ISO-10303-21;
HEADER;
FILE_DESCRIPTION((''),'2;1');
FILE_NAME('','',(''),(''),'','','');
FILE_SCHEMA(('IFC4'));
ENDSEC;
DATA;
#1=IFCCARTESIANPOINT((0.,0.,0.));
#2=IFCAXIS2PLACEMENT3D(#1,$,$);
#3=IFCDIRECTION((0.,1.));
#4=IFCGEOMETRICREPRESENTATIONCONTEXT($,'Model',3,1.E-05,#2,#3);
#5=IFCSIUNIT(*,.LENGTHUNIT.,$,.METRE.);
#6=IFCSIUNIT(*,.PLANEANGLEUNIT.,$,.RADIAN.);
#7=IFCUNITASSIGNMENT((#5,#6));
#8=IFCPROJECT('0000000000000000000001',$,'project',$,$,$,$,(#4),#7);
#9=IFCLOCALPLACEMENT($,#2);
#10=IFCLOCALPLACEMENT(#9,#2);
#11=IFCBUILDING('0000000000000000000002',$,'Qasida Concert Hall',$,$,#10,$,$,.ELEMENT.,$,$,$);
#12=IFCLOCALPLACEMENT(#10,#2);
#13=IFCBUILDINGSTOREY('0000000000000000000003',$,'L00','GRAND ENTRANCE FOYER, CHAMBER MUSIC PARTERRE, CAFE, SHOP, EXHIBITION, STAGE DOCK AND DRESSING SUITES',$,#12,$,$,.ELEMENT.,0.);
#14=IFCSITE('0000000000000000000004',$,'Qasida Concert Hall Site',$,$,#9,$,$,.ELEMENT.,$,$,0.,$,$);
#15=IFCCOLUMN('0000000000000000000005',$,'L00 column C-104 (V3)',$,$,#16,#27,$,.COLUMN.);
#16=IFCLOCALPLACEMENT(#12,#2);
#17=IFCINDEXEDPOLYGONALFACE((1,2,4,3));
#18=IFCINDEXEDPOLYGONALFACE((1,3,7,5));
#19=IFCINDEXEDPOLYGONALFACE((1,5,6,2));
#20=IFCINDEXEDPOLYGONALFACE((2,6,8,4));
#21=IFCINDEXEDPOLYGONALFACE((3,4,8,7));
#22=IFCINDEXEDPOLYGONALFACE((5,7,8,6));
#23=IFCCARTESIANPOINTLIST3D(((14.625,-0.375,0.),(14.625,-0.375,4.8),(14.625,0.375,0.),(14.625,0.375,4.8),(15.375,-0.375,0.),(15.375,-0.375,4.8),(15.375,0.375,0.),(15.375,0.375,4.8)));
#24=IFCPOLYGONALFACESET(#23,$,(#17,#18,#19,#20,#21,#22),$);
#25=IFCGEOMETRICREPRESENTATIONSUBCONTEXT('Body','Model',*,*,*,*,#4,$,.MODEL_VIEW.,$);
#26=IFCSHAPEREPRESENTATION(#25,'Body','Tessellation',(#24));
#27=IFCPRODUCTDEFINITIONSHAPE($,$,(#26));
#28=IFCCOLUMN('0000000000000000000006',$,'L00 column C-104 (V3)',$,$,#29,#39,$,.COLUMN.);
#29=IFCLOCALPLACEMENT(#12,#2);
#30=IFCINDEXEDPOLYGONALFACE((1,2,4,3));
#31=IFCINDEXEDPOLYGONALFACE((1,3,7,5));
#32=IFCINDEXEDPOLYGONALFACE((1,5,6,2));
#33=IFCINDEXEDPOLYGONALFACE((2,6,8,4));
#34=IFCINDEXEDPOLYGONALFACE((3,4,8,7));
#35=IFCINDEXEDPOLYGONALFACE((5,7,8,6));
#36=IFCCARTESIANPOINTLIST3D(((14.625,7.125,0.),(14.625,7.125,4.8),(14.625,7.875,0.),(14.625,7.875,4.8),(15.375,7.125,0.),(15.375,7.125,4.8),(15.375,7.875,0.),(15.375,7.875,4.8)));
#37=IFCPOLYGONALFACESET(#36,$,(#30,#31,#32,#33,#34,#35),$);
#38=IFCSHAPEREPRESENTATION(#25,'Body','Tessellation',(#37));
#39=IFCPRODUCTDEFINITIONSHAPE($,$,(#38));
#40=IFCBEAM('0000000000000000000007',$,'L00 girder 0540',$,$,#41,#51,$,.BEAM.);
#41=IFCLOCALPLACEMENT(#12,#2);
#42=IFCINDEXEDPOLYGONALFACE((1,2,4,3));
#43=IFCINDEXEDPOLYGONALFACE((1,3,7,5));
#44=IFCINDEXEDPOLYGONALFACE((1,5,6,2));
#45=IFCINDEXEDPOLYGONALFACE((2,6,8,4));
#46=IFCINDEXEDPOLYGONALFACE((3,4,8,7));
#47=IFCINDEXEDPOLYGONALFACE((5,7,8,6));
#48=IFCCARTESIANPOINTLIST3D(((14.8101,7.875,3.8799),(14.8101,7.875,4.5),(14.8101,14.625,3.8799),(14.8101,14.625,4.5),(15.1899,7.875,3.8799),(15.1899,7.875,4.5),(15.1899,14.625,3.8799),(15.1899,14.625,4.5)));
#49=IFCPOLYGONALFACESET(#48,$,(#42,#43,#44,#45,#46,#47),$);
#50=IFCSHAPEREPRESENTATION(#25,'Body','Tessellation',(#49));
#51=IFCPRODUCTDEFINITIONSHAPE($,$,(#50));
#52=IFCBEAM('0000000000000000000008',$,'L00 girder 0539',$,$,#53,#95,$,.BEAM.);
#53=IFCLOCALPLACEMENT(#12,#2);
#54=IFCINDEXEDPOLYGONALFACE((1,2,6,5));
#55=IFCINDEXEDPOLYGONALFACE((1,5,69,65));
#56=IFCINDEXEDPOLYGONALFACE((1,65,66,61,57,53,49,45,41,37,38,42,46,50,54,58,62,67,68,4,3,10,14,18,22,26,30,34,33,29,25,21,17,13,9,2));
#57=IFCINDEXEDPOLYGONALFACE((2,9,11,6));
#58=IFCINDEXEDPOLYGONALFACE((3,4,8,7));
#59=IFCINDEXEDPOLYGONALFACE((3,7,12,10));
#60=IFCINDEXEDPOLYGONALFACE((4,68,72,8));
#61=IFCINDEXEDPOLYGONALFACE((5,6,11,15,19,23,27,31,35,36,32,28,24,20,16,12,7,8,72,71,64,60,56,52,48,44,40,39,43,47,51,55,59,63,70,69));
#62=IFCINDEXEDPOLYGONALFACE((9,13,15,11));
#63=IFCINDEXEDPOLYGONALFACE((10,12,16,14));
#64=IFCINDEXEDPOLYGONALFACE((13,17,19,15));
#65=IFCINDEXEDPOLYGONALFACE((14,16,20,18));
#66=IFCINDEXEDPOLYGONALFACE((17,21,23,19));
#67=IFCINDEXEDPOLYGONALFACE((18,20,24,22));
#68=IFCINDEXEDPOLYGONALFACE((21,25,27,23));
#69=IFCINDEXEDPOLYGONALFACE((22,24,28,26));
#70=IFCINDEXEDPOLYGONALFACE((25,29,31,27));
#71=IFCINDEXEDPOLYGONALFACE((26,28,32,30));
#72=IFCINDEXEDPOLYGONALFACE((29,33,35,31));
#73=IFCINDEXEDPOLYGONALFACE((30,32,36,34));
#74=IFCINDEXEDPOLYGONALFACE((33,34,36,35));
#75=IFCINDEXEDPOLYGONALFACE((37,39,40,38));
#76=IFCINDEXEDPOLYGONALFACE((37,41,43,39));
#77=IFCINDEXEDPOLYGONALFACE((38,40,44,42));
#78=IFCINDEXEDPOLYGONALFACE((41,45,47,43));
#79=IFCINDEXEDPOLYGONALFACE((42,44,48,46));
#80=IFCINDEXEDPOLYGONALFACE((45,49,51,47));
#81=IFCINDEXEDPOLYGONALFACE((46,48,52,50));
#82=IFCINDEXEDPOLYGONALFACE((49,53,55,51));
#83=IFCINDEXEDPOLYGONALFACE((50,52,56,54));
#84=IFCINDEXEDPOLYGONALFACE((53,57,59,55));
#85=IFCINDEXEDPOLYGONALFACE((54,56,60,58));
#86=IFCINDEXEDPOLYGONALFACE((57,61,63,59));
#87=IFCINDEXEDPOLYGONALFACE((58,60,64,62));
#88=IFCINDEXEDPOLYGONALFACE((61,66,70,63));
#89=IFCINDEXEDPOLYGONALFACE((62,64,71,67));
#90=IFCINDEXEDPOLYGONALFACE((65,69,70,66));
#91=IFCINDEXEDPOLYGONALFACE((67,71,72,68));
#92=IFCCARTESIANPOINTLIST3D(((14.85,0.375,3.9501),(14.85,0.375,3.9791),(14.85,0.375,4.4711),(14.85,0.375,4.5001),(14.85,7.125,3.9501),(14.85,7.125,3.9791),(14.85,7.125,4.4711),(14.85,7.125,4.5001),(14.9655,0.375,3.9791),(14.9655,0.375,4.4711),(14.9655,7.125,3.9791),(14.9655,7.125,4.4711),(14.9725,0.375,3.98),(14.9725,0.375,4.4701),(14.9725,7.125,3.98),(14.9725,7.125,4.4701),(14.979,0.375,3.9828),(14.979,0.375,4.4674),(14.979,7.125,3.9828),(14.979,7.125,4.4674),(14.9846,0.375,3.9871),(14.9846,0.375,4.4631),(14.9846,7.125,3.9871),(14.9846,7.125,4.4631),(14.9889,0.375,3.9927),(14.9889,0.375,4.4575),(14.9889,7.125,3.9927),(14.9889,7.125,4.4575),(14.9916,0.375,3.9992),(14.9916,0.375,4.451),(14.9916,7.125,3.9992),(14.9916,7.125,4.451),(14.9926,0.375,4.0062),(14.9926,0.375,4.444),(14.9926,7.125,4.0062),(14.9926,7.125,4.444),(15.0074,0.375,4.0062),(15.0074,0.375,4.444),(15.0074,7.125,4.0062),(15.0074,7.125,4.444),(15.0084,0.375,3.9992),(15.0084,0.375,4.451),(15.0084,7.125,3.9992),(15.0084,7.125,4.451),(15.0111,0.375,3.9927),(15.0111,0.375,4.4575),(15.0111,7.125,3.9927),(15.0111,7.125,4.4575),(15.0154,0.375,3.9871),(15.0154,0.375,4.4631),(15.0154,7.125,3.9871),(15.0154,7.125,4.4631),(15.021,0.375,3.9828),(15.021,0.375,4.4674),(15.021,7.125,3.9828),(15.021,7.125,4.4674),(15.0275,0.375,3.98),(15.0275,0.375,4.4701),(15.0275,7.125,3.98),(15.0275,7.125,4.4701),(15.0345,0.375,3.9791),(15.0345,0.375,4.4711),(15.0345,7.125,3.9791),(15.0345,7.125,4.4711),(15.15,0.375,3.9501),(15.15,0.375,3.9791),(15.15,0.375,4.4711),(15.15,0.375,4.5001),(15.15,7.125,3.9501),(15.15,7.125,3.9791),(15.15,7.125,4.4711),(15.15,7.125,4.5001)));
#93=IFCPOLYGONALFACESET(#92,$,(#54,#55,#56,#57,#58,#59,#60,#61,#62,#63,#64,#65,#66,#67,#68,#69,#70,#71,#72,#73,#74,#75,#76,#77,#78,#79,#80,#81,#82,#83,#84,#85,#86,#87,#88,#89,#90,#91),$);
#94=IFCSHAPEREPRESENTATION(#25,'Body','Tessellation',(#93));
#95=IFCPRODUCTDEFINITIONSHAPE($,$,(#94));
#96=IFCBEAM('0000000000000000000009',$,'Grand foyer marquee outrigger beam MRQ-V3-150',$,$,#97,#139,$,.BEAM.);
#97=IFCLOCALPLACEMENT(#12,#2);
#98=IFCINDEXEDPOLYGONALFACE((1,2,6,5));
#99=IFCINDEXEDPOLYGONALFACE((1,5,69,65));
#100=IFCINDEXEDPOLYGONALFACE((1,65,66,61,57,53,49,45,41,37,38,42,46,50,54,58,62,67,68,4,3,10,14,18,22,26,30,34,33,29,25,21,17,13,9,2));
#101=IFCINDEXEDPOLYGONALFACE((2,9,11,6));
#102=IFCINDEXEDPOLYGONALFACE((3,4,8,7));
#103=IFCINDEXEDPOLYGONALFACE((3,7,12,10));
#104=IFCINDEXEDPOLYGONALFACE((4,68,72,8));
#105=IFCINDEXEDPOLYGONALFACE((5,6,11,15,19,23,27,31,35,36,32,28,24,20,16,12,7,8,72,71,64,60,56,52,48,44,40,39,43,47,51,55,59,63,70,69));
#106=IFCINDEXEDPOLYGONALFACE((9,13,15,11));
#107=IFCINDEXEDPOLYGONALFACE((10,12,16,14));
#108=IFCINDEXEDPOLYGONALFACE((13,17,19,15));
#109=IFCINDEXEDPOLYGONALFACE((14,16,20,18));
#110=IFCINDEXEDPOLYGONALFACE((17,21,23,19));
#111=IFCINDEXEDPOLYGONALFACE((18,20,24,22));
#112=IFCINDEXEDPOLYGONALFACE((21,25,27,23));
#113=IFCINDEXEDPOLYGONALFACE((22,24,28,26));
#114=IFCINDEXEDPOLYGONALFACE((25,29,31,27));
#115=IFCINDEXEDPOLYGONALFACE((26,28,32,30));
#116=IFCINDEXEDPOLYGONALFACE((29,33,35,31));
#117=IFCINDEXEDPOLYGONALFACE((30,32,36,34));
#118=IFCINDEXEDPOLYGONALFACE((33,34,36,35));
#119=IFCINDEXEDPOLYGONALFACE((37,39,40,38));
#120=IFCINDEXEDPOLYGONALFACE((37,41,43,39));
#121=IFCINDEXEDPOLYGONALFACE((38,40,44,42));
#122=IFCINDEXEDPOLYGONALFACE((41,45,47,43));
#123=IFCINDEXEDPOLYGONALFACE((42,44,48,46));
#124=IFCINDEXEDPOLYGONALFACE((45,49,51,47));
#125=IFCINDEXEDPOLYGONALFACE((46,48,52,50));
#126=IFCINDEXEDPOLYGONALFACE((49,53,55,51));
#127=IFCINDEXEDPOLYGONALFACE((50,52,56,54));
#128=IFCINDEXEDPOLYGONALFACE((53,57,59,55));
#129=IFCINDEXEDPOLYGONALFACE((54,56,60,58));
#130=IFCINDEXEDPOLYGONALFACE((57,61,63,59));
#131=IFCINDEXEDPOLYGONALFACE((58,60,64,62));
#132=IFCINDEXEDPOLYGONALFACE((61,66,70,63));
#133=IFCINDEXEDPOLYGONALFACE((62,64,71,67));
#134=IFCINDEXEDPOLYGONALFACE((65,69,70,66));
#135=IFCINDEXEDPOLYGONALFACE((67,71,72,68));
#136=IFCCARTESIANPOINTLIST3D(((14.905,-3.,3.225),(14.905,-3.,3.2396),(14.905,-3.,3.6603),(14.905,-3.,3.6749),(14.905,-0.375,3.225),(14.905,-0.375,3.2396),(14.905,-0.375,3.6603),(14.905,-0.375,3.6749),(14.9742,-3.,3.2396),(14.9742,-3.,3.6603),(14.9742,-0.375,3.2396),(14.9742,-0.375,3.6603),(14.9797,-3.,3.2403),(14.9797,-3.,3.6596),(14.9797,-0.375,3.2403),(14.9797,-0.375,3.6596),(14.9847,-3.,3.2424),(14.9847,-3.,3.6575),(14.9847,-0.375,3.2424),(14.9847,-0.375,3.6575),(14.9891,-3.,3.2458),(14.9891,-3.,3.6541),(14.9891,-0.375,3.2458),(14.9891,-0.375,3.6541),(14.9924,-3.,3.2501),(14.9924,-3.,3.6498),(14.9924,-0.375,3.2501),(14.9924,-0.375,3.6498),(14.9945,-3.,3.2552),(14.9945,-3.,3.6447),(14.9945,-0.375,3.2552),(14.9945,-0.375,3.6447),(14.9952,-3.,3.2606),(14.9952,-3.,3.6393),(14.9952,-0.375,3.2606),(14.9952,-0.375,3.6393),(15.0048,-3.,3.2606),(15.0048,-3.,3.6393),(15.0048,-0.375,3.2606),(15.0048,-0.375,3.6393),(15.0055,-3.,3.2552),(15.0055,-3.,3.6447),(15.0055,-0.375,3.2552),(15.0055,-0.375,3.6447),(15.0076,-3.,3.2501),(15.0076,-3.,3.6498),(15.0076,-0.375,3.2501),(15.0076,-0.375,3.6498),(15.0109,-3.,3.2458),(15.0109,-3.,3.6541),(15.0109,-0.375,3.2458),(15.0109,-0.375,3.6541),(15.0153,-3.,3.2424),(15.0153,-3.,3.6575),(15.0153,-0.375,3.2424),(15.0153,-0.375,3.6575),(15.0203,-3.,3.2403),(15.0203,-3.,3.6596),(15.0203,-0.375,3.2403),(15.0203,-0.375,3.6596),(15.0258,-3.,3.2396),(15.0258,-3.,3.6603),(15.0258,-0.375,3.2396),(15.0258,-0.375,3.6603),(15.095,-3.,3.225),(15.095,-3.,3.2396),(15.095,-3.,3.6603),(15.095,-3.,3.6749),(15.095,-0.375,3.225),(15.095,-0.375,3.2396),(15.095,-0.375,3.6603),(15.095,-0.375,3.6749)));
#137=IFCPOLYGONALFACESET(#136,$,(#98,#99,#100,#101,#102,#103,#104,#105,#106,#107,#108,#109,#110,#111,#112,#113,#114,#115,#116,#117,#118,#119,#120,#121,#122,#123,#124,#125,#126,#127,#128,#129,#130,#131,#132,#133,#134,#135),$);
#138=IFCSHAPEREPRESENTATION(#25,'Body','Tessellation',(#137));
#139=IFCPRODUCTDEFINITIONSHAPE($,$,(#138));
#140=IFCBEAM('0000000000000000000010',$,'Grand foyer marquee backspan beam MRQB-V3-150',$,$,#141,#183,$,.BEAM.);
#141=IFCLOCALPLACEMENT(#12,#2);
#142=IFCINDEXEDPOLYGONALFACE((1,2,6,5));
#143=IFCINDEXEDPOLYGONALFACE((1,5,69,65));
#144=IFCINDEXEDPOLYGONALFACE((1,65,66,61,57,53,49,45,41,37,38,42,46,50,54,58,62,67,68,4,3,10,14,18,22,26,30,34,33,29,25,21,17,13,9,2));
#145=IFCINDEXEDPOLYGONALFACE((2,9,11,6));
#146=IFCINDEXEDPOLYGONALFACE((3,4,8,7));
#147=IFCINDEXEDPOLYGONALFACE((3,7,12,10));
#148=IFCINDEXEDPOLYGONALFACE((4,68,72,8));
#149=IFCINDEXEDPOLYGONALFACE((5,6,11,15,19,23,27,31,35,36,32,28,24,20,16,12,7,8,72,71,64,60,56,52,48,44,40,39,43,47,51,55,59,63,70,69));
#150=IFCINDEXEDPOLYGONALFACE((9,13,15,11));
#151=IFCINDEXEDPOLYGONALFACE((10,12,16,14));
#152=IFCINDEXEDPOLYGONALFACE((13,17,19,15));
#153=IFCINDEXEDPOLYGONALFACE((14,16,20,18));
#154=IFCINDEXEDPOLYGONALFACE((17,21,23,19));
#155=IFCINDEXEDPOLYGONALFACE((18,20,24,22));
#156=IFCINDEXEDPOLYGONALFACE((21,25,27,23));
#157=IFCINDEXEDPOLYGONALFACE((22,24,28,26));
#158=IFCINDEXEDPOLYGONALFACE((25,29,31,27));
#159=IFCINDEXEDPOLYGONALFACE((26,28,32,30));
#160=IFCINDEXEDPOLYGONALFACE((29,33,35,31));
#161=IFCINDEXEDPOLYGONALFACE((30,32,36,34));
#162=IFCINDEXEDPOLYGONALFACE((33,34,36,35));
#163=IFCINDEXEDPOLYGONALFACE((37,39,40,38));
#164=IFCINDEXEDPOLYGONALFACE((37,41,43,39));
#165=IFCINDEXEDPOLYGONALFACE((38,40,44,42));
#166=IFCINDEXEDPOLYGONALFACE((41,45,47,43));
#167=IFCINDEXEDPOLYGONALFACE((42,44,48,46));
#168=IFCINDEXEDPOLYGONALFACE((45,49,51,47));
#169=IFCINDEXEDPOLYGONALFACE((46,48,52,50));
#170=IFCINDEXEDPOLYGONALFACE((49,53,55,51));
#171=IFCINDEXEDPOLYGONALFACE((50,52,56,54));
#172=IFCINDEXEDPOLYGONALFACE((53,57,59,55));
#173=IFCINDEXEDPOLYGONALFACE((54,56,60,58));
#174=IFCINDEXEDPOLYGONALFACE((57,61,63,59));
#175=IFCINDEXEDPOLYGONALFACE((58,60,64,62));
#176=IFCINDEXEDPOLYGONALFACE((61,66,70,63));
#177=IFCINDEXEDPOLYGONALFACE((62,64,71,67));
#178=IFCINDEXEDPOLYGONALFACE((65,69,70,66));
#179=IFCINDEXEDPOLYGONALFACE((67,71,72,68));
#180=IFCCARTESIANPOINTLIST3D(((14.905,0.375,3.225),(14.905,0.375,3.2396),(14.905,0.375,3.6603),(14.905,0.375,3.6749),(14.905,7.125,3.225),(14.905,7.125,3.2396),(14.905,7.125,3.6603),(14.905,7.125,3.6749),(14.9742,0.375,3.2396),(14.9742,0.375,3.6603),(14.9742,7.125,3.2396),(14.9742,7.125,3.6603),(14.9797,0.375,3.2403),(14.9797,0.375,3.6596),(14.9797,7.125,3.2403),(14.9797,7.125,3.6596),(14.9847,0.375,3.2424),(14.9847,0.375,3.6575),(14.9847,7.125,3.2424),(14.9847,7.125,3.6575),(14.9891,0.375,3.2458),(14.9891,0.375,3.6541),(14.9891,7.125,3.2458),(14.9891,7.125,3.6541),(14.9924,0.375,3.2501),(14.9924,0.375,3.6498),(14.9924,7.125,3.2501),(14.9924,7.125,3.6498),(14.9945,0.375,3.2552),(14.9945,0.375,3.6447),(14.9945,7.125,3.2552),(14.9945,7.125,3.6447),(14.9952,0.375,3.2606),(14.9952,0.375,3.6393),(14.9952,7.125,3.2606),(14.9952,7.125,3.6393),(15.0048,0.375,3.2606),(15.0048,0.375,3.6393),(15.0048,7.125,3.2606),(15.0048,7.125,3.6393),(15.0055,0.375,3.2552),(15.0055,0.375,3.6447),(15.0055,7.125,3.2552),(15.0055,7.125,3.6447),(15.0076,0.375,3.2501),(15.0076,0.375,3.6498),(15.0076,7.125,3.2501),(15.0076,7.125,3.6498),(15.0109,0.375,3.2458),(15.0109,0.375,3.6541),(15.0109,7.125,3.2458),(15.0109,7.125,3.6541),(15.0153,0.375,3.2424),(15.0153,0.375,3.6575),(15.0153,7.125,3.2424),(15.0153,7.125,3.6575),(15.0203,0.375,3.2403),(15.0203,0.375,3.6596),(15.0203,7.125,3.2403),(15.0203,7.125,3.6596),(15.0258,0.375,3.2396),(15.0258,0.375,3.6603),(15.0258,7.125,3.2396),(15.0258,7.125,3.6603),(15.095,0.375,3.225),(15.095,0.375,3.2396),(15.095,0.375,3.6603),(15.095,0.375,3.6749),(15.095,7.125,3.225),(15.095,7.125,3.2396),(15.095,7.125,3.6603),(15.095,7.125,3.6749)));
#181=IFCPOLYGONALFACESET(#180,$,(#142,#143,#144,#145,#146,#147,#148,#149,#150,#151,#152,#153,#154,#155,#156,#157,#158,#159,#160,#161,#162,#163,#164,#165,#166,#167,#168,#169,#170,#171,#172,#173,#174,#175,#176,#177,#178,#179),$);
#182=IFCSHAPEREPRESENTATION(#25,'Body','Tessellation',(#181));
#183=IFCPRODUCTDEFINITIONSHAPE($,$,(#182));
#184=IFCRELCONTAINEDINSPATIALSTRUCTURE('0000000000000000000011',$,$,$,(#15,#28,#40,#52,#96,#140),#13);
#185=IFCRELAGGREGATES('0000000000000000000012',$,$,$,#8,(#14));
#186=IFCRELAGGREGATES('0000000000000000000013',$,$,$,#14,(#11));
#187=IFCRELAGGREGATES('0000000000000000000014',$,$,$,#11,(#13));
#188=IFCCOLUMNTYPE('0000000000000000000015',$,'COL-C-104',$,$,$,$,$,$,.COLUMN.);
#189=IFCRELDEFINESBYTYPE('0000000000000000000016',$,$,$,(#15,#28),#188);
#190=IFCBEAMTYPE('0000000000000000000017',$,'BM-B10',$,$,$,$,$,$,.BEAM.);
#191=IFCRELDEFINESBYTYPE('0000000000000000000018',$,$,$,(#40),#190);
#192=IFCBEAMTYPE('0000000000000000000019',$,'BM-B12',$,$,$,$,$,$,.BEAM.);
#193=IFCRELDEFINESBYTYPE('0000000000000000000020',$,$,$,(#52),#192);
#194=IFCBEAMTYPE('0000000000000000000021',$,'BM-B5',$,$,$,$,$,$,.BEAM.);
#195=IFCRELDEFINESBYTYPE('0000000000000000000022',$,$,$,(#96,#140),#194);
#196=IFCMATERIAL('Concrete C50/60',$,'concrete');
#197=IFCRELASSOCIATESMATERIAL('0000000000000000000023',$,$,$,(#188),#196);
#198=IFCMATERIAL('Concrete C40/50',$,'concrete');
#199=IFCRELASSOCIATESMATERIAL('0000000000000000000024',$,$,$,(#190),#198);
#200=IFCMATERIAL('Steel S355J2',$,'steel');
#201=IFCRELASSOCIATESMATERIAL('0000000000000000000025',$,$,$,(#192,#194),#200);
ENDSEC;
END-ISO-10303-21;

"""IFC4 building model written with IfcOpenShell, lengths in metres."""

from ifc_helpers import new_model, si_unit, direction, frame, origin, origin_2d, place, context, subcontext, project, spatial, rectangle, i_section, extrude, material, material_profile, profile_set, type_object, element, save


model = new_model("IFC4")

# Units and contexts
model_context = context("Model", 3, precision=1e-05, world=origin(), true_north=direction((0.0, 1.0)))
body_context = subcontext(model_context, "Body", "Model", "MODEL_VIEW")
ifc_project = project(units=[si_unit("LENGTHUNIT", "METRE"), si_unit("PLANEANGLEUNIT", "RADIAN")], contexts=[model_context])

# Site, building, storey
site_placement = place(None, origin())
site = spatial("IfcSite", under=ifc_project, at=site_placement, Name="Qasida Concert Hall Site", CompositionType="ELEMENT", RefElevation=0.0)
building_placement = place(site_placement, origin())
building = spatial("IfcBuilding", under=site, at=building_placement, Name="Qasida Concert Hall", CompositionType="ELEMENT")
storey_placement = place(building_placement, origin())
storey = spatial("IfcBuildingStorey", under=building, at=storey_placement, Name="L00", Description="GRAND ENTRANCE FOYER, CHAMBER MUSIC PARTERRE, CAFE, SHOP, EXHIBITION, STAGE DOCK AND DRESSING SUITES", CompositionType="ELEMENT", Elevation=0.0)

# Columns
ifc_material_1 = material(Name="Concrete C50/60", Category="concrete")
ifc_material_profile_1 = material_profile(ifc_material_1, rectangle(XDim=0.75, YDim=0.75, at=origin_2d()), Name="RC 750x750")
ifc_profile_set_1 = profile_set([ifc_material_profile_1], Name="Concrete C50/60")
column_type = type_object("IfcColumnType", Name="COL-C-104", PredefinedType="COLUMN", material=ifc_profile_set_1)
for number, where, z_axis, x_axis, name in (
    (1, (15.0, 0.0, 0.0), (0.0, 0.0, 1.0), (1.0, 0.0, 0.0), "L00 column C-104 (V3)"),
    (2, (15.0, 7.5, 0.0), (0.0, 0.0, 1.0), (1.0, 0.0, 0.0), "L00 column C-104 (V3)"),
):
    element("IfcColumn", number, at=place(storey_placement, frame(where, z_axis=z_axis, x_axis=x_axis)), inside=storey, type_object=column_type, Name=name, PredefinedType="COLUMN", context=body_context, shape_type="SweptSolid", body=[
        extrude(rectangle(XDim=0.75, YDim=0.75, at=origin_2d()), origin(), (0.0, 0.0, 1.0), 4.8),
    ])

# Beams
ifc_material_2 = material(Name="Concrete C40/50", Category="concrete")
ifc_material_profile_2 = material_profile(ifc_material_2, rectangle(XDim=0.3799, YDim=0.6201, at=origin_2d()), Name="RC 380x620")
ifc_profile_set_2 = profile_set([ifc_material_profile_2], Name="Concrete C40/50")
beam_type_1 = type_object("IfcBeamType", Name="BM-B10", PredefinedType="BEAM", material=ifc_profile_set_2)
beam_1_placement = place(storey_placement, frame((15.0, 7.875, 4.1899), z_axis=(0.0, 1.0, 0.0), x_axis=(-1.0, 0.0, 0.0)))
element("IfcBeam", 3, at=beam_1_placement, inside=storey, type_object=beam_type_1, Name="L00 girder 0540", PredefinedType="BEAM", context=body_context, shape_type="SweptSolid", body=[
    extrude(rectangle(XDim=0.3799, YDim=0.6201, at=origin_2d()), origin(), (0.0, 0.0, 1.0), 6.75),
])
ifc_material_3 = material(Name="Steel S355J2", Category="steel")
ifc_material_profile_3 = material_profile(ifc_material_3, i_section(OverallWidth=0.3, OverallDepth=0.55, WebThickness=0.0149, FlangeThickness=0.0291, FilletRadius=0.0271, at=origin_2d()), Name="HEB 550")
ifc_profile_set_3 = profile_set([ifc_material_profile_3], Name="Steel S355J2")
beam_type_2 = type_object("IfcBeamType", Name="BM-B12", PredefinedType="BEAM", material=ifc_profile_set_3)
beam_2_placement = place(storey_placement, frame((15.0, 0.375, 4.2251), z_axis=(0.0, 1.0, 0.0), x_axis=(-1.0, 0.0, 0.0)))
element("IfcBeam", 4, at=beam_2_placement, inside=storey, type_object=beam_type_2, Name="L00 girder 0539", PredefinedType="BEAM", context=body_context, shape_type="SweptSolid", body=[
    extrude(i_section(OverallWidth=0.3, OverallDepth=0.55, WebThickness=0.0149, FlangeThickness=0.0291, FilletRadius=0.0271, at=origin_2d()), origin(), (0.0, 0.0, 1.0), 6.75),
])
ifc_material_profile_4 = material_profile(ifc_material_3, i_section(OverallWidth=0.1899, OverallDepth=0.45, WebThickness=0.0095, FlangeThickness=0.0146, FilletRadius=0.021, at=origin_2d()), Name="IPE 450")
ifc_profile_set_4 = profile_set([ifc_material_profile_4], Name="Steel S355J2")
beam_type_3 = type_object("IfcBeamType", Name="BM-B5", PredefinedType="BEAM", material=ifc_profile_set_4)
beam_3_placement = place(storey_placement, frame((15.0, -0.375, 3.45), z_axis=(0.0, -1.0, 0.0), x_axis=(1.0, 0.0, 0.0)))
element("IfcBeam", 5, at=beam_3_placement, inside=storey, type_object=beam_type_3, Name="Grand foyer marquee outrigger beam MRQ-V3-150", PredefinedType="BEAM", context=body_context, shape_type="SweptSolid", body=[
    extrude(i_section(OverallWidth=0.1899, OverallDepth=0.45, WebThickness=0.0095, FlangeThickness=0.0146, FilletRadius=0.021, at=origin_2d()), origin(), (0.0, 0.0, 1.0), 2.625),
])
beam_4_placement = place(storey_placement, frame((15.0, 0.375, 3.45), z_axis=(0.0, 1.0, 0.0), x_axis=(-1.0, 0.0, 0.0)))
element("IfcBeam", 6, at=beam_4_placement, inside=storey, type_object=beam_type_3, Name="Grand foyer marquee backspan beam MRQB-V3-150", PredefinedType="BEAM", context=body_context, shape_type="SweptSolid", body=[
    extrude(i_section(OverallWidth=0.1899, OverallDepth=0.45, WebThickness=0.0095, FlangeThickness=0.0146, FilletRadius=0.021, at=origin_2d()), origin(), (0.0, 0.0, 1.0), 6.75),
])

save(model, "model.ifc")
